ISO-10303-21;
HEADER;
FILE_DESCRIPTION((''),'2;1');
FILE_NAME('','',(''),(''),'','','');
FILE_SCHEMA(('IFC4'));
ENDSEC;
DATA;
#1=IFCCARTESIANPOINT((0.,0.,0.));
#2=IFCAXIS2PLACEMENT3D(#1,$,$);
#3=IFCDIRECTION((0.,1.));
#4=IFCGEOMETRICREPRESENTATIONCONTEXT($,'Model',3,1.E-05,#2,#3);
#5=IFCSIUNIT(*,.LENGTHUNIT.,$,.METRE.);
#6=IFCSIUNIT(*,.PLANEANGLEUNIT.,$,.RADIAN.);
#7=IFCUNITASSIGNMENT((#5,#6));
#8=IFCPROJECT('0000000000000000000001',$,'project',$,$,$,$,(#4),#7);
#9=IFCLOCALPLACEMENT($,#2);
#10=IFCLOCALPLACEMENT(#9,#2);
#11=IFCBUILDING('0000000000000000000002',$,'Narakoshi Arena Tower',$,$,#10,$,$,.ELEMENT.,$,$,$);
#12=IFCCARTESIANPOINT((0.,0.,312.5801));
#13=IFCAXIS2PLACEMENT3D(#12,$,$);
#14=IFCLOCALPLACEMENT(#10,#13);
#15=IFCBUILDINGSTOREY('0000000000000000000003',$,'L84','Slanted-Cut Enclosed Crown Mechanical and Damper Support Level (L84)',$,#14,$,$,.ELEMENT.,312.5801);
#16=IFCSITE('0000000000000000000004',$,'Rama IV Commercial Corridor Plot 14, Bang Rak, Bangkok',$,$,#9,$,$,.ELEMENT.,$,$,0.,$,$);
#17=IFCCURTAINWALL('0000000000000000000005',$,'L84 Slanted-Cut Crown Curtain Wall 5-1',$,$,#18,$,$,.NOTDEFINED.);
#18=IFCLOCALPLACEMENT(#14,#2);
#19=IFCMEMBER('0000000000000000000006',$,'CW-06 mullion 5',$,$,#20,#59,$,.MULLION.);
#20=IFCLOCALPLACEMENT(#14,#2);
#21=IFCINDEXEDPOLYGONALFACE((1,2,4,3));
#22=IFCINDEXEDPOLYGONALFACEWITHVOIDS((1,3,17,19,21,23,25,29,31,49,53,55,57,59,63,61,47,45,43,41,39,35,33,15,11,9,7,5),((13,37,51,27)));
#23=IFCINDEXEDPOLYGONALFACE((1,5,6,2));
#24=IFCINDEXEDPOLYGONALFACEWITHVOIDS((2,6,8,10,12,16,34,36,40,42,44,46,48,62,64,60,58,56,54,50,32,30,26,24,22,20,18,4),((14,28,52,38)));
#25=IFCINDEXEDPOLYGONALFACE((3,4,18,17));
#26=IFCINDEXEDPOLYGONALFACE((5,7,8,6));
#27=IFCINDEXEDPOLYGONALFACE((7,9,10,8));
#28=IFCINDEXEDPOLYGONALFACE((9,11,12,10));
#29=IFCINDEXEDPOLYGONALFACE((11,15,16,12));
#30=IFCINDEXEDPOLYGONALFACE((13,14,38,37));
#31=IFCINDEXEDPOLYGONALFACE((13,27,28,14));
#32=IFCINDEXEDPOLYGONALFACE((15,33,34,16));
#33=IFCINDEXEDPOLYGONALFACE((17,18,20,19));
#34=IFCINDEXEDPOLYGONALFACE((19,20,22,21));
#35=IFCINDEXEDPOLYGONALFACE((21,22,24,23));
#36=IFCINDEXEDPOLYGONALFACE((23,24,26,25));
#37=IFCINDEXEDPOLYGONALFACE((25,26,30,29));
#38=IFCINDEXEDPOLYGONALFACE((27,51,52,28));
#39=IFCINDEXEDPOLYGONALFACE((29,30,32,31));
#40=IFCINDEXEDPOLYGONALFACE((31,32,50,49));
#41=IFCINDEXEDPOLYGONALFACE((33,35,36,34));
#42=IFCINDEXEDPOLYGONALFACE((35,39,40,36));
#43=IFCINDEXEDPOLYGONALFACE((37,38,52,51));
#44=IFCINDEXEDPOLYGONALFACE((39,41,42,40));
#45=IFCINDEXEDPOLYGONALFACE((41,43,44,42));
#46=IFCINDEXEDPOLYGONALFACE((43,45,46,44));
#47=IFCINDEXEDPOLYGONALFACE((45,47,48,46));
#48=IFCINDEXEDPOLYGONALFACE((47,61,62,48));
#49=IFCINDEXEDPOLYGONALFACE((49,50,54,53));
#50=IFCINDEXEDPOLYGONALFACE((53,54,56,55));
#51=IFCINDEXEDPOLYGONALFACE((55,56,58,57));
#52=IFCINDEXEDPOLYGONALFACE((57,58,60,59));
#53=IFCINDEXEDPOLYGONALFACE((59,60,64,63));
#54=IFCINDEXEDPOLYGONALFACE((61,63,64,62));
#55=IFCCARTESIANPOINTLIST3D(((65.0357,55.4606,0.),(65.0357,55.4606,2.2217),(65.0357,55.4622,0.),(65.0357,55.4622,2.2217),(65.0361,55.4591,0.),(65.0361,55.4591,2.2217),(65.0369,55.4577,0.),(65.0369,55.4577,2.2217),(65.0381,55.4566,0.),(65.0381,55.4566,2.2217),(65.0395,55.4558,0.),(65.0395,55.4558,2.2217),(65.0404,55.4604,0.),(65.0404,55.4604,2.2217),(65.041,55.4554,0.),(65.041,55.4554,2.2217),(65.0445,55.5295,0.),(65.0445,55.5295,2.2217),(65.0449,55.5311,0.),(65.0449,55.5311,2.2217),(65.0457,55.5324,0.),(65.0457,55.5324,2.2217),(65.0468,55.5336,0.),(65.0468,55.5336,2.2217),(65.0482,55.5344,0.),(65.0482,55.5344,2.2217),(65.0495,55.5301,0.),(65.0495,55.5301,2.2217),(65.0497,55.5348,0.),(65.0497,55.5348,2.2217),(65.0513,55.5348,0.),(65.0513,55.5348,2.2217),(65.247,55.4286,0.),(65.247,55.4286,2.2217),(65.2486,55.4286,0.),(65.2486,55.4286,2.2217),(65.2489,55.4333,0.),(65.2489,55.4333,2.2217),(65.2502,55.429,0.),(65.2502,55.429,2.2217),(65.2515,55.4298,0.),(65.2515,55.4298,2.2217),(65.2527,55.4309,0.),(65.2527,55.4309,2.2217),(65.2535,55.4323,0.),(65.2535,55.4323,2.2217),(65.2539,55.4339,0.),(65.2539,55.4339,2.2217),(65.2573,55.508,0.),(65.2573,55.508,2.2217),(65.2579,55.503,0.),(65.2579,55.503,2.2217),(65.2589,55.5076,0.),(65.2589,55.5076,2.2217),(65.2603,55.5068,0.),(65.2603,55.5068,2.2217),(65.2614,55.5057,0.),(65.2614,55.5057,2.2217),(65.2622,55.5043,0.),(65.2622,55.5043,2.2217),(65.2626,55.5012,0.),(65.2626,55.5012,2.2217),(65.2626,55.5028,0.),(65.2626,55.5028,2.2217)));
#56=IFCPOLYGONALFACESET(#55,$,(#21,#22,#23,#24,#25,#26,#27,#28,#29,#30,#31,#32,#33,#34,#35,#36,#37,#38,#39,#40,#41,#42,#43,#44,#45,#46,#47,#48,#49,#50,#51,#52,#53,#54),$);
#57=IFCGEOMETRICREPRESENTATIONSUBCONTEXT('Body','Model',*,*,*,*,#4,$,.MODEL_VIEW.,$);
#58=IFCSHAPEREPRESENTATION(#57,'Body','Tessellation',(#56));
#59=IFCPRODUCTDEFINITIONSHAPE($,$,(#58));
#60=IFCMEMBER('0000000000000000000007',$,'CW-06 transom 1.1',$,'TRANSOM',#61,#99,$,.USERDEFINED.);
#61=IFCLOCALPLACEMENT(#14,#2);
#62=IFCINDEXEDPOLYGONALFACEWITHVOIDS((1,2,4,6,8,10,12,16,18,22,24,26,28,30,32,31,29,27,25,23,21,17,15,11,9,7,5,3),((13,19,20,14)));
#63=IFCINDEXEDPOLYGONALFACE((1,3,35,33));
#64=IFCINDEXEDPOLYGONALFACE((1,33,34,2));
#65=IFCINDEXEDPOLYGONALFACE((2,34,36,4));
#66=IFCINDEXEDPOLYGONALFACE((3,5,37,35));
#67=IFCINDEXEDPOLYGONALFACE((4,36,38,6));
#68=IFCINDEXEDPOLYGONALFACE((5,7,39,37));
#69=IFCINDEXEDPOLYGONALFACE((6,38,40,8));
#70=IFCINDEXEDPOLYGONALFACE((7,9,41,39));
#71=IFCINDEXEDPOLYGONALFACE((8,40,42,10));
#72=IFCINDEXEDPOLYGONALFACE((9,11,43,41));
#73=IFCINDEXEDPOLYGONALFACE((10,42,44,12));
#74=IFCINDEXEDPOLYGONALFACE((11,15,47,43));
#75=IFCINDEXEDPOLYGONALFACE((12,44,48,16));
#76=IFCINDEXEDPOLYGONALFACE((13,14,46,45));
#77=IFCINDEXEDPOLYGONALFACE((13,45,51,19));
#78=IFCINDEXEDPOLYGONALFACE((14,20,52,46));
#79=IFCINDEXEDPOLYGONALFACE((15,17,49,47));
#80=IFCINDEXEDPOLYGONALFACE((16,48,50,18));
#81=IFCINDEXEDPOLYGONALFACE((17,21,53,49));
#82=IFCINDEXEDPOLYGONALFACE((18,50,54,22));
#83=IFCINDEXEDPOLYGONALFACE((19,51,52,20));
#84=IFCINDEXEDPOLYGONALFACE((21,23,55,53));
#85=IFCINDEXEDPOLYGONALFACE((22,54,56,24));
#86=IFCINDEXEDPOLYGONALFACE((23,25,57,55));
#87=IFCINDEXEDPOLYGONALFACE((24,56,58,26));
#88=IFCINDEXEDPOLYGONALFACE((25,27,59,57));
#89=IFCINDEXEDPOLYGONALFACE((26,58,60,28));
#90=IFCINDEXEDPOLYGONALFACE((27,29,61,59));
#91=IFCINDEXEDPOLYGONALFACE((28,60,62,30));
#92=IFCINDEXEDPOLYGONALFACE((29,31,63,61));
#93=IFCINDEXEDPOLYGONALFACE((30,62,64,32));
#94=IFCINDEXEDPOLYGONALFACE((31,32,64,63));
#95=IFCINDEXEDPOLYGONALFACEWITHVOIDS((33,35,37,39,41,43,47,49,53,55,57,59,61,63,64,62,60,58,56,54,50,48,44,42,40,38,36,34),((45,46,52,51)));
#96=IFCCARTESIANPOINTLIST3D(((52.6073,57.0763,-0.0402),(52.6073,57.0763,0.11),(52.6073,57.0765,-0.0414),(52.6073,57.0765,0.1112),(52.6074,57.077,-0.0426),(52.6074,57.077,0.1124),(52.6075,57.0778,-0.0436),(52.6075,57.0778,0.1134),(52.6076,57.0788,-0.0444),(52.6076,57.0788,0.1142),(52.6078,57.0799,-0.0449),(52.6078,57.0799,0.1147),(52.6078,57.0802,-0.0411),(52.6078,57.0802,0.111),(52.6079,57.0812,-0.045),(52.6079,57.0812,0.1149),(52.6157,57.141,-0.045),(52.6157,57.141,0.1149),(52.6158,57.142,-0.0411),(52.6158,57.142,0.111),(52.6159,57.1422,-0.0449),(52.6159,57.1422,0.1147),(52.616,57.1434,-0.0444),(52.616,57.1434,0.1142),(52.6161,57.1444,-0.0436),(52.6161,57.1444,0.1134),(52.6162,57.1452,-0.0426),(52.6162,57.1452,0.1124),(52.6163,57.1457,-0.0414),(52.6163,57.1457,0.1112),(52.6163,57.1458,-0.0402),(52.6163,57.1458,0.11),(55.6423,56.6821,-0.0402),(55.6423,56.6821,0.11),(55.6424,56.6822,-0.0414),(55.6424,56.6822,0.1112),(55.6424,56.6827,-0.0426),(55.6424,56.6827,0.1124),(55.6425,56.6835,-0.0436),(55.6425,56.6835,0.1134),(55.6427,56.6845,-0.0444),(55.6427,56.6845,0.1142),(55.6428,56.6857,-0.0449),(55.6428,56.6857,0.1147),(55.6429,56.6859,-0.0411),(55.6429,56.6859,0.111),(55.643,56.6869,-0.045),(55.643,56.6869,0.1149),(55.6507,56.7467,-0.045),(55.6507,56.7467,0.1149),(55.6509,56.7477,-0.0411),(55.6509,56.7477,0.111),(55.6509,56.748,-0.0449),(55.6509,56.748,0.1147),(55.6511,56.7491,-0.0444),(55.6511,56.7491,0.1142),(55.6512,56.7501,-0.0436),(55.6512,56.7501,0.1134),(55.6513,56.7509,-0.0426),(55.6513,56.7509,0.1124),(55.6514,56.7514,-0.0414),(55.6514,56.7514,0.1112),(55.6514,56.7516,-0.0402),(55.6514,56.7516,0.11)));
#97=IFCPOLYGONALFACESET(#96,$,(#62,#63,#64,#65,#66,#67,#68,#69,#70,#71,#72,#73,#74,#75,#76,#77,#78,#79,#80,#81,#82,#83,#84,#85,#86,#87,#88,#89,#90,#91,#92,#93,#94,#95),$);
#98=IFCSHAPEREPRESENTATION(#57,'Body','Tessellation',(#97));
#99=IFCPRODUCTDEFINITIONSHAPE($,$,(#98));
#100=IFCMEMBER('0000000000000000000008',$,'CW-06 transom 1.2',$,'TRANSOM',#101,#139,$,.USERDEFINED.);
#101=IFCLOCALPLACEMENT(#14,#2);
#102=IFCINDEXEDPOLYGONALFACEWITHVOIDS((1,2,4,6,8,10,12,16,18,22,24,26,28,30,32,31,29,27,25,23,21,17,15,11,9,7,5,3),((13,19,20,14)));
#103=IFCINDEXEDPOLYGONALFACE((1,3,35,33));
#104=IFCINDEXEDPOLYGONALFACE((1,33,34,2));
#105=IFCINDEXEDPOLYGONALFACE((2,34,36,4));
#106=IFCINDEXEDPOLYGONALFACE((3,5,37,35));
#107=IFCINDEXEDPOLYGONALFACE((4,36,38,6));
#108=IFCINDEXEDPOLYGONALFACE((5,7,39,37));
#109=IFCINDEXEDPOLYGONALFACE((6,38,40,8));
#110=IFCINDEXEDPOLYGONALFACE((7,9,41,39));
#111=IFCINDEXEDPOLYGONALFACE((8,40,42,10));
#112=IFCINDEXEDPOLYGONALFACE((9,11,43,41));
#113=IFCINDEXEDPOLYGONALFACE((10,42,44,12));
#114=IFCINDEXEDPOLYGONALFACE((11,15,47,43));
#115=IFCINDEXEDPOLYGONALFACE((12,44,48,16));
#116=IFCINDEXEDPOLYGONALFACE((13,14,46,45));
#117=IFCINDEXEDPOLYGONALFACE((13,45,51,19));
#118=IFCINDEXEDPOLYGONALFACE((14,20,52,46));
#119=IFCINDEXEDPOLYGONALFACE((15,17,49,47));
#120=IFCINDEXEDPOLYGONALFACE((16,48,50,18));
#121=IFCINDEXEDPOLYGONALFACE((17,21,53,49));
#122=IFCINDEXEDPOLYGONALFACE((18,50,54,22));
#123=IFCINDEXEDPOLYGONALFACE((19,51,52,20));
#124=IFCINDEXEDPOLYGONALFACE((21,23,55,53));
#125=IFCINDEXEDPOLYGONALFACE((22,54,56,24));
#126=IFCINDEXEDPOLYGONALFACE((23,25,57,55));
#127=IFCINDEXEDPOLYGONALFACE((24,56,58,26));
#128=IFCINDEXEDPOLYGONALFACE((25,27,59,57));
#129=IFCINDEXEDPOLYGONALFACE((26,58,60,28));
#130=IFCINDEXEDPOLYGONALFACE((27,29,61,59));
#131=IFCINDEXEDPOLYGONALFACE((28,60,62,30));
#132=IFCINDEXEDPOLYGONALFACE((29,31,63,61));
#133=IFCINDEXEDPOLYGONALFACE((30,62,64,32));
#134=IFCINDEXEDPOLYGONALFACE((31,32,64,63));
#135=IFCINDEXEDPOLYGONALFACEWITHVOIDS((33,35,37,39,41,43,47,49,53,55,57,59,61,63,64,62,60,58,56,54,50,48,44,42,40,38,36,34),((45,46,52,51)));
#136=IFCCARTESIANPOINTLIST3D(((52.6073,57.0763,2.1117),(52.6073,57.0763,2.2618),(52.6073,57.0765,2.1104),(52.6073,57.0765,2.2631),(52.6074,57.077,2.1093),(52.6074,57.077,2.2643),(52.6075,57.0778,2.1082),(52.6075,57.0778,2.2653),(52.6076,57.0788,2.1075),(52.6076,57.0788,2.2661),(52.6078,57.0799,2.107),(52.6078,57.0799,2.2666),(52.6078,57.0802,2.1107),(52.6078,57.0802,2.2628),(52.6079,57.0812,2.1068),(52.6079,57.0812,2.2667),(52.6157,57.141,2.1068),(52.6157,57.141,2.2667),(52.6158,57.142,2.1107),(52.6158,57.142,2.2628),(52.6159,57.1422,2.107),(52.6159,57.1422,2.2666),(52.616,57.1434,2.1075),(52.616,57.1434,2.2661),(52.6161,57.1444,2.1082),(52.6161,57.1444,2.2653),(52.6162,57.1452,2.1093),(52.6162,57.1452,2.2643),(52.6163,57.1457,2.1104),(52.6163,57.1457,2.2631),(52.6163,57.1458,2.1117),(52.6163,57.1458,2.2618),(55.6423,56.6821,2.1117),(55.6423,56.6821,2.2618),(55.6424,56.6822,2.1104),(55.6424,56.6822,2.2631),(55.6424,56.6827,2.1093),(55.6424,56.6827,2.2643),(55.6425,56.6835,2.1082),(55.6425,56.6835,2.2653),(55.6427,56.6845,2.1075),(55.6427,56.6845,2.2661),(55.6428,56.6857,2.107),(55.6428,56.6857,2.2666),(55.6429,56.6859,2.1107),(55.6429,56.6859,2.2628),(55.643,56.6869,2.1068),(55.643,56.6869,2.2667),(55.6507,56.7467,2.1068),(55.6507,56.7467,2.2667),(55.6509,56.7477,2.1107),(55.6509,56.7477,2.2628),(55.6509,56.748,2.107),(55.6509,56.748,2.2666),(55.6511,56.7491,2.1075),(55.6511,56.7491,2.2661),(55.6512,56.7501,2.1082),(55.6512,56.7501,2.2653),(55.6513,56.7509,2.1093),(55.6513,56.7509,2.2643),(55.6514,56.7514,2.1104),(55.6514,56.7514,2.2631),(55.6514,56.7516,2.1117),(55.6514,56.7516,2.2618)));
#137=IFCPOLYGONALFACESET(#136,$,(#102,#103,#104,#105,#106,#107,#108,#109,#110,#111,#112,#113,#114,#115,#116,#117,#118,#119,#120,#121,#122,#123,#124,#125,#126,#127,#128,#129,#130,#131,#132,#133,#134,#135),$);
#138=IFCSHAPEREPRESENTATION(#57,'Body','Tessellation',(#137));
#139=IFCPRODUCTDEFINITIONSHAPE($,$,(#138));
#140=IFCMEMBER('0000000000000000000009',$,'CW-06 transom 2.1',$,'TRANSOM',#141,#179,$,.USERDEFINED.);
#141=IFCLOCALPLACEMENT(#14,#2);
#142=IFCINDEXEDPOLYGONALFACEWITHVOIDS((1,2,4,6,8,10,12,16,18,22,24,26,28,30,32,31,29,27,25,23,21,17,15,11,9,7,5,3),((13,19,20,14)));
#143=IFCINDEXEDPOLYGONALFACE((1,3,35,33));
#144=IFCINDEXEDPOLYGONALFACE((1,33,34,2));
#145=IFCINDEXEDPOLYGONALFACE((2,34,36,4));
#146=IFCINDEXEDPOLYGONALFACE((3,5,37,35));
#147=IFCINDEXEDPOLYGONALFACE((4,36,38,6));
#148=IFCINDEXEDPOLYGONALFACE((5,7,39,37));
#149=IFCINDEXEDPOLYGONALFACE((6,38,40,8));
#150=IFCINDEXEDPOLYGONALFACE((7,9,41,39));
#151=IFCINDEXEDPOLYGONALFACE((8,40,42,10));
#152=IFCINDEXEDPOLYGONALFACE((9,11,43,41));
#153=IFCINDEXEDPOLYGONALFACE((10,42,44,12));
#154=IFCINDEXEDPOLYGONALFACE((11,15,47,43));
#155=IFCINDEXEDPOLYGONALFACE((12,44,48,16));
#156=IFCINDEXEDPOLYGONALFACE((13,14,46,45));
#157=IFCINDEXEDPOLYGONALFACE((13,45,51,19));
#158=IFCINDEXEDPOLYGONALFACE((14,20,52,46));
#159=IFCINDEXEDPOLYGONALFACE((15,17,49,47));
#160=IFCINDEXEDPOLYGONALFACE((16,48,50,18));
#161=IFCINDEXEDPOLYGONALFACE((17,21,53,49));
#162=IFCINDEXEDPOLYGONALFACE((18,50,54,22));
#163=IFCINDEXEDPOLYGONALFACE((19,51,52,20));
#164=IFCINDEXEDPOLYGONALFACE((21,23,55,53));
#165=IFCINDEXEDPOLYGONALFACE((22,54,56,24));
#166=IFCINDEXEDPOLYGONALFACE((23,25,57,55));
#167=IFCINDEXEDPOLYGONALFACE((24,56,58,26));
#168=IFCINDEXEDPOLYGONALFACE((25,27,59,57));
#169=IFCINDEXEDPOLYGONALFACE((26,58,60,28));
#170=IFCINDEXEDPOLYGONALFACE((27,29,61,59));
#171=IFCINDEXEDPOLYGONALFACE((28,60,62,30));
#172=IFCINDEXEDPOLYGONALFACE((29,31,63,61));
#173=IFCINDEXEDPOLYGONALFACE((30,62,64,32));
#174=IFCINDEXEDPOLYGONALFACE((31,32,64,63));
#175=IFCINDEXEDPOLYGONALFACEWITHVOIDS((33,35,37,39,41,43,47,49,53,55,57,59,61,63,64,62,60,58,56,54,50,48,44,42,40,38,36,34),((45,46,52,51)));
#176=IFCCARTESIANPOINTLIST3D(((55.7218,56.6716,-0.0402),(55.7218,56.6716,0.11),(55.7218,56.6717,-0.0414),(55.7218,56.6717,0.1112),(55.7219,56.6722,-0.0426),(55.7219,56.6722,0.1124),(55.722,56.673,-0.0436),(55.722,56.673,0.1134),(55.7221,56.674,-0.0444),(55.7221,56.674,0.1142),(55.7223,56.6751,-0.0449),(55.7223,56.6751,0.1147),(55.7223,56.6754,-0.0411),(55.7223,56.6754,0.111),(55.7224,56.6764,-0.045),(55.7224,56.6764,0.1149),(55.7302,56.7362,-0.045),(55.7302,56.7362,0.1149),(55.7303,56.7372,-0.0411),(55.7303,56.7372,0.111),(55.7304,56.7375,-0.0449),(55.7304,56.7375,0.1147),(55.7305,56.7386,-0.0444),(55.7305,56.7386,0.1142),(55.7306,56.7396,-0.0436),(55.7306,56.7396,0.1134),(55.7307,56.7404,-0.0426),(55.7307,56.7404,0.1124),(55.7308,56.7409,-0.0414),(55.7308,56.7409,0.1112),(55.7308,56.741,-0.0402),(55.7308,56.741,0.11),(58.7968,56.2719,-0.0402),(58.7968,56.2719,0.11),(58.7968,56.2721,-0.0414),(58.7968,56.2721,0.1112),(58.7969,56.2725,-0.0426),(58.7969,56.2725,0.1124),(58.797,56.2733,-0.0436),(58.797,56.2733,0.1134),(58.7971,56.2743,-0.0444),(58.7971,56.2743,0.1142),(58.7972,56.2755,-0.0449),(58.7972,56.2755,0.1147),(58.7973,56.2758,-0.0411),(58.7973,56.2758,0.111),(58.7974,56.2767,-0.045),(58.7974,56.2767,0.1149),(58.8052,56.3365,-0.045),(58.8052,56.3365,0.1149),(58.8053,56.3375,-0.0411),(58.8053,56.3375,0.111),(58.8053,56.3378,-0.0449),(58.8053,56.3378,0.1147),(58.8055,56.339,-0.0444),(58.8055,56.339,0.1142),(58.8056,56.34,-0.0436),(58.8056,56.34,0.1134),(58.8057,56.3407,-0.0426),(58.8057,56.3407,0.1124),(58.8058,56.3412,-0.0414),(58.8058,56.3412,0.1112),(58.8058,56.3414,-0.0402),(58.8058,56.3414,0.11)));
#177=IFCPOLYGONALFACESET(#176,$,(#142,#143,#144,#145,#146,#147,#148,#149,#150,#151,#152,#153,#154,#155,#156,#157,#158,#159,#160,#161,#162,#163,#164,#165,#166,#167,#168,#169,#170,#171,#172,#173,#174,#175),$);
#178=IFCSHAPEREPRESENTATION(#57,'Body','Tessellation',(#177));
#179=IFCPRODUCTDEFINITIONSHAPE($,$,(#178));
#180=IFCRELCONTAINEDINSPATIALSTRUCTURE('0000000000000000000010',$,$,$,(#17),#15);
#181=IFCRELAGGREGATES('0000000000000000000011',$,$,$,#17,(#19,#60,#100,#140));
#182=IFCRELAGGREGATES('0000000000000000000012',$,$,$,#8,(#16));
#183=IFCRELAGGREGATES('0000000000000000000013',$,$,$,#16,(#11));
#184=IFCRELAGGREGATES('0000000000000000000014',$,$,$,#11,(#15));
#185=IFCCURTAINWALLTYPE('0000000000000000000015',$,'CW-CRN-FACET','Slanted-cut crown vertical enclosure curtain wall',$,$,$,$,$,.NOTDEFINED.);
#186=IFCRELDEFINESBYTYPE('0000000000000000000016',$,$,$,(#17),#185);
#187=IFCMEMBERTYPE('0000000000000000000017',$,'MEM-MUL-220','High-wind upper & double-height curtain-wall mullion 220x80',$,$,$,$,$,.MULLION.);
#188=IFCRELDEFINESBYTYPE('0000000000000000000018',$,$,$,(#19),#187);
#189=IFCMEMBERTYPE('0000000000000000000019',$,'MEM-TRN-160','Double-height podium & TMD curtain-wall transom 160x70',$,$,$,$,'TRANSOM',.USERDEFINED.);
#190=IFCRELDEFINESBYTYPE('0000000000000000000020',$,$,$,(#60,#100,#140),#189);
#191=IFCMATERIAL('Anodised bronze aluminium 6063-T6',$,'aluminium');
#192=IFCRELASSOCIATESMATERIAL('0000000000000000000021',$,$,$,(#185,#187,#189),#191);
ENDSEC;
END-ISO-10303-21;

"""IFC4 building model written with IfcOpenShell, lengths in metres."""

from ifc_helpers import new_model, si_unit, direction, frame, origin, origin_2d, place, context, subcontext, project, spatial, hollow_rectangle, extrude, material, material_profile, profile_set, type_object, element, aggregate, save


model = new_model("IFC4")

# Units and contexts
model_context = context("Model", 3, precision=1e-05, world=origin(), true_north=direction((0.0, 1.0)))
body_context = subcontext(model_context, "Body", "Model", "MODEL_VIEW")
ifc_project = project(units=[si_unit("LENGTHUNIT", "METRE"), si_unit("PLANEANGLEUNIT", "RADIAN")], contexts=[model_context])

# Site, building, storey
site_placement = place(None, origin())
site = spatial("IfcSite", under=ifc_project, at=site_placement, Name="Rama IV Commercial Corridor Plot 14, Bang Rak, Bangkok", CompositionType="ELEMENT", RefElevation=0.0)
building_placement = place(site_placement, origin())
building = spatial("IfcBuilding", under=site, at=building_placement, Name="Narakoshi Arena Tower", CompositionType="ELEMENT")
storey_placement = place(building_placement, frame((0.0, 0.0, 312.5801)))
storey = spatial("IfcBuildingStorey", under=building, at=storey_placement, Name="L84", Description="Slanted-Cut Enclosed Crown Mechanical and Damper Support Level (L84)", CompositionType="ELEMENT", Elevation=312.5801)

# Curtain wall, members
ifc_material_1 = material(Name="Anodised bronze aluminium 6063-T6", Category="aluminium")
curtain_wall_type = type_object("IfcCurtainWallType", Name="CW-CRN-FACET", Description="Slanted-cut crown vertical enclosure curtain wall", PredefinedType="NOTDEFINED", material=ifc_material_1)
curtain_wall_placement = place(storey_placement, origin())
curtain_wall = element("IfcCurtainWall", 1, at=curtain_wall_placement, inside=storey, type_object=curtain_wall_type, Name="L84 Slanted-Cut Crown Curtain Wall 5-1", PredefinedType="NOTDEFINED")
ifc_material_profile_1 = material_profile(ifc_material_1, hollow_rectangle(XDim=0.0801, YDim=0.22, WallThickness=0.0049, OuterFilletRadius=0.0061, at=origin_2d()), Name="MUL220x80x5")
ifc_profile_set_1 = profile_set([ifc_material_profile_1], Name="Anodised bronze aluminium 6063-T6")
member_type_1 = type_object("IfcMemberType", Name="MEM-MUL-220", Description="High-wind upper & double-height curtain-wall mullion 220x80", PredefinedType="MULLION", material=ifc_profile_set_1)
member_1_placement = place(storey_placement, frame((65.1492, 55.4817, 0.0), z_axis=(0.0, 0.0, 1.0), x_axis=(0.12889, 0.991659, 0.0)))
member_1 = element("IfcMember", 2, at=member_1_placement, type_object=member_type_1, Name="CW-06 mullion 5", PredefinedType="MULLION", context=body_context, shape_type="SweptSolid", body=[
    extrude(hollow_rectangle(XDim=0.0801, YDim=0.22, WallThickness=0.0049, OuterFilletRadius=0.0061, at=origin_2d()), origin(), (0.0, 0.0, 1.0), 2.2217),
])
ifc_material_profile_2 = material_profile(ifc_material_1, hollow_rectangle(XDim=0.0701, YDim=0.1599, WallThickness=0.0039, OuterFilletRadius=0.0049, at=origin_2d()), Name="TRN160x70x4")
ifc_profile_set_2 = profile_set([ifc_material_profile_2], Name="Anodised bronze aluminium 6063-T6")
member_type_2 = type_object("IfcMemberType", Name="MEM-TRN-160", Description="Double-height podium & TMD curtain-wall transom 160x70", ElementType="TRANSOM", PredefinedType="USERDEFINED", material=ifc_profile_set_2)
member_2_placement = place(storey_placement, frame((52.6118, 57.1111, 0.0349), z_axis=(0.991667, -0.128824, 0.0), x_axis=(0.128824, 0.991667, 0.0)))
member_2 = element("IfcMember", 3, at=member_2_placement, type_object=member_type_2, Name="CW-06 transom 1.1", ObjectType="TRANSOM", PredefinedType="USERDEFINED", context=body_context, shape_type="SweptSolid", body=[
    extrude(hollow_rectangle(XDim=0.0701, YDim=0.1599, WallThickness=0.0039, OuterFilletRadius=0.0049, at=origin_2d()), origin(), (0.0, 0.0, 1.0), 3.0605),
])
member_3_placement = place(storey_placement, frame((52.6118, 57.1111, 2.1868), z_axis=(0.991667, -0.128824, 0.0), x_axis=(0.128824, 0.991667, 0.0)))
member_3 = element("IfcMember", 4, at=member_3_placement, type_object=member_type_2, Name="CW-06 transom 1.2", ObjectType="TRANSOM", PredefinedType="USERDEFINED", context=body_context, shape_type="SweptSolid", body=[
    extrude(hollow_rectangle(XDim=0.0701, YDim=0.1599, WallThickness=0.0039, OuterFilletRadius=0.0049, at=origin_2d()), origin(), (0.0, 0.0, 1.0), 3.0605),
])
member_4_placement = place(storey_placement, frame((55.7263, 56.7063, 0.0349), z_axis=(0.991659, -0.128888, 0.0), x_axis=(0.128888, 0.991659, 0.0)))
member_4 = element("IfcMember", 5, at=member_4_placement, type_object=member_type_2, Name="CW-06 transom 2.1", ObjectType="TRANSOM", PredefinedType="USERDEFINED", context=body_context, shape_type="SweptSolid", body=[
    extrude(hollow_rectangle(XDim=0.0701, YDim=0.1599, WallThickness=0.0039, OuterFilletRadius=0.0049, at=origin_2d()), origin(), (0.0, 0.0, 1.0), 3.1008),
])
aggregate(curtain_wall, [member_1, member_2, member_3, member_4])

save(model, "model.ifc")
